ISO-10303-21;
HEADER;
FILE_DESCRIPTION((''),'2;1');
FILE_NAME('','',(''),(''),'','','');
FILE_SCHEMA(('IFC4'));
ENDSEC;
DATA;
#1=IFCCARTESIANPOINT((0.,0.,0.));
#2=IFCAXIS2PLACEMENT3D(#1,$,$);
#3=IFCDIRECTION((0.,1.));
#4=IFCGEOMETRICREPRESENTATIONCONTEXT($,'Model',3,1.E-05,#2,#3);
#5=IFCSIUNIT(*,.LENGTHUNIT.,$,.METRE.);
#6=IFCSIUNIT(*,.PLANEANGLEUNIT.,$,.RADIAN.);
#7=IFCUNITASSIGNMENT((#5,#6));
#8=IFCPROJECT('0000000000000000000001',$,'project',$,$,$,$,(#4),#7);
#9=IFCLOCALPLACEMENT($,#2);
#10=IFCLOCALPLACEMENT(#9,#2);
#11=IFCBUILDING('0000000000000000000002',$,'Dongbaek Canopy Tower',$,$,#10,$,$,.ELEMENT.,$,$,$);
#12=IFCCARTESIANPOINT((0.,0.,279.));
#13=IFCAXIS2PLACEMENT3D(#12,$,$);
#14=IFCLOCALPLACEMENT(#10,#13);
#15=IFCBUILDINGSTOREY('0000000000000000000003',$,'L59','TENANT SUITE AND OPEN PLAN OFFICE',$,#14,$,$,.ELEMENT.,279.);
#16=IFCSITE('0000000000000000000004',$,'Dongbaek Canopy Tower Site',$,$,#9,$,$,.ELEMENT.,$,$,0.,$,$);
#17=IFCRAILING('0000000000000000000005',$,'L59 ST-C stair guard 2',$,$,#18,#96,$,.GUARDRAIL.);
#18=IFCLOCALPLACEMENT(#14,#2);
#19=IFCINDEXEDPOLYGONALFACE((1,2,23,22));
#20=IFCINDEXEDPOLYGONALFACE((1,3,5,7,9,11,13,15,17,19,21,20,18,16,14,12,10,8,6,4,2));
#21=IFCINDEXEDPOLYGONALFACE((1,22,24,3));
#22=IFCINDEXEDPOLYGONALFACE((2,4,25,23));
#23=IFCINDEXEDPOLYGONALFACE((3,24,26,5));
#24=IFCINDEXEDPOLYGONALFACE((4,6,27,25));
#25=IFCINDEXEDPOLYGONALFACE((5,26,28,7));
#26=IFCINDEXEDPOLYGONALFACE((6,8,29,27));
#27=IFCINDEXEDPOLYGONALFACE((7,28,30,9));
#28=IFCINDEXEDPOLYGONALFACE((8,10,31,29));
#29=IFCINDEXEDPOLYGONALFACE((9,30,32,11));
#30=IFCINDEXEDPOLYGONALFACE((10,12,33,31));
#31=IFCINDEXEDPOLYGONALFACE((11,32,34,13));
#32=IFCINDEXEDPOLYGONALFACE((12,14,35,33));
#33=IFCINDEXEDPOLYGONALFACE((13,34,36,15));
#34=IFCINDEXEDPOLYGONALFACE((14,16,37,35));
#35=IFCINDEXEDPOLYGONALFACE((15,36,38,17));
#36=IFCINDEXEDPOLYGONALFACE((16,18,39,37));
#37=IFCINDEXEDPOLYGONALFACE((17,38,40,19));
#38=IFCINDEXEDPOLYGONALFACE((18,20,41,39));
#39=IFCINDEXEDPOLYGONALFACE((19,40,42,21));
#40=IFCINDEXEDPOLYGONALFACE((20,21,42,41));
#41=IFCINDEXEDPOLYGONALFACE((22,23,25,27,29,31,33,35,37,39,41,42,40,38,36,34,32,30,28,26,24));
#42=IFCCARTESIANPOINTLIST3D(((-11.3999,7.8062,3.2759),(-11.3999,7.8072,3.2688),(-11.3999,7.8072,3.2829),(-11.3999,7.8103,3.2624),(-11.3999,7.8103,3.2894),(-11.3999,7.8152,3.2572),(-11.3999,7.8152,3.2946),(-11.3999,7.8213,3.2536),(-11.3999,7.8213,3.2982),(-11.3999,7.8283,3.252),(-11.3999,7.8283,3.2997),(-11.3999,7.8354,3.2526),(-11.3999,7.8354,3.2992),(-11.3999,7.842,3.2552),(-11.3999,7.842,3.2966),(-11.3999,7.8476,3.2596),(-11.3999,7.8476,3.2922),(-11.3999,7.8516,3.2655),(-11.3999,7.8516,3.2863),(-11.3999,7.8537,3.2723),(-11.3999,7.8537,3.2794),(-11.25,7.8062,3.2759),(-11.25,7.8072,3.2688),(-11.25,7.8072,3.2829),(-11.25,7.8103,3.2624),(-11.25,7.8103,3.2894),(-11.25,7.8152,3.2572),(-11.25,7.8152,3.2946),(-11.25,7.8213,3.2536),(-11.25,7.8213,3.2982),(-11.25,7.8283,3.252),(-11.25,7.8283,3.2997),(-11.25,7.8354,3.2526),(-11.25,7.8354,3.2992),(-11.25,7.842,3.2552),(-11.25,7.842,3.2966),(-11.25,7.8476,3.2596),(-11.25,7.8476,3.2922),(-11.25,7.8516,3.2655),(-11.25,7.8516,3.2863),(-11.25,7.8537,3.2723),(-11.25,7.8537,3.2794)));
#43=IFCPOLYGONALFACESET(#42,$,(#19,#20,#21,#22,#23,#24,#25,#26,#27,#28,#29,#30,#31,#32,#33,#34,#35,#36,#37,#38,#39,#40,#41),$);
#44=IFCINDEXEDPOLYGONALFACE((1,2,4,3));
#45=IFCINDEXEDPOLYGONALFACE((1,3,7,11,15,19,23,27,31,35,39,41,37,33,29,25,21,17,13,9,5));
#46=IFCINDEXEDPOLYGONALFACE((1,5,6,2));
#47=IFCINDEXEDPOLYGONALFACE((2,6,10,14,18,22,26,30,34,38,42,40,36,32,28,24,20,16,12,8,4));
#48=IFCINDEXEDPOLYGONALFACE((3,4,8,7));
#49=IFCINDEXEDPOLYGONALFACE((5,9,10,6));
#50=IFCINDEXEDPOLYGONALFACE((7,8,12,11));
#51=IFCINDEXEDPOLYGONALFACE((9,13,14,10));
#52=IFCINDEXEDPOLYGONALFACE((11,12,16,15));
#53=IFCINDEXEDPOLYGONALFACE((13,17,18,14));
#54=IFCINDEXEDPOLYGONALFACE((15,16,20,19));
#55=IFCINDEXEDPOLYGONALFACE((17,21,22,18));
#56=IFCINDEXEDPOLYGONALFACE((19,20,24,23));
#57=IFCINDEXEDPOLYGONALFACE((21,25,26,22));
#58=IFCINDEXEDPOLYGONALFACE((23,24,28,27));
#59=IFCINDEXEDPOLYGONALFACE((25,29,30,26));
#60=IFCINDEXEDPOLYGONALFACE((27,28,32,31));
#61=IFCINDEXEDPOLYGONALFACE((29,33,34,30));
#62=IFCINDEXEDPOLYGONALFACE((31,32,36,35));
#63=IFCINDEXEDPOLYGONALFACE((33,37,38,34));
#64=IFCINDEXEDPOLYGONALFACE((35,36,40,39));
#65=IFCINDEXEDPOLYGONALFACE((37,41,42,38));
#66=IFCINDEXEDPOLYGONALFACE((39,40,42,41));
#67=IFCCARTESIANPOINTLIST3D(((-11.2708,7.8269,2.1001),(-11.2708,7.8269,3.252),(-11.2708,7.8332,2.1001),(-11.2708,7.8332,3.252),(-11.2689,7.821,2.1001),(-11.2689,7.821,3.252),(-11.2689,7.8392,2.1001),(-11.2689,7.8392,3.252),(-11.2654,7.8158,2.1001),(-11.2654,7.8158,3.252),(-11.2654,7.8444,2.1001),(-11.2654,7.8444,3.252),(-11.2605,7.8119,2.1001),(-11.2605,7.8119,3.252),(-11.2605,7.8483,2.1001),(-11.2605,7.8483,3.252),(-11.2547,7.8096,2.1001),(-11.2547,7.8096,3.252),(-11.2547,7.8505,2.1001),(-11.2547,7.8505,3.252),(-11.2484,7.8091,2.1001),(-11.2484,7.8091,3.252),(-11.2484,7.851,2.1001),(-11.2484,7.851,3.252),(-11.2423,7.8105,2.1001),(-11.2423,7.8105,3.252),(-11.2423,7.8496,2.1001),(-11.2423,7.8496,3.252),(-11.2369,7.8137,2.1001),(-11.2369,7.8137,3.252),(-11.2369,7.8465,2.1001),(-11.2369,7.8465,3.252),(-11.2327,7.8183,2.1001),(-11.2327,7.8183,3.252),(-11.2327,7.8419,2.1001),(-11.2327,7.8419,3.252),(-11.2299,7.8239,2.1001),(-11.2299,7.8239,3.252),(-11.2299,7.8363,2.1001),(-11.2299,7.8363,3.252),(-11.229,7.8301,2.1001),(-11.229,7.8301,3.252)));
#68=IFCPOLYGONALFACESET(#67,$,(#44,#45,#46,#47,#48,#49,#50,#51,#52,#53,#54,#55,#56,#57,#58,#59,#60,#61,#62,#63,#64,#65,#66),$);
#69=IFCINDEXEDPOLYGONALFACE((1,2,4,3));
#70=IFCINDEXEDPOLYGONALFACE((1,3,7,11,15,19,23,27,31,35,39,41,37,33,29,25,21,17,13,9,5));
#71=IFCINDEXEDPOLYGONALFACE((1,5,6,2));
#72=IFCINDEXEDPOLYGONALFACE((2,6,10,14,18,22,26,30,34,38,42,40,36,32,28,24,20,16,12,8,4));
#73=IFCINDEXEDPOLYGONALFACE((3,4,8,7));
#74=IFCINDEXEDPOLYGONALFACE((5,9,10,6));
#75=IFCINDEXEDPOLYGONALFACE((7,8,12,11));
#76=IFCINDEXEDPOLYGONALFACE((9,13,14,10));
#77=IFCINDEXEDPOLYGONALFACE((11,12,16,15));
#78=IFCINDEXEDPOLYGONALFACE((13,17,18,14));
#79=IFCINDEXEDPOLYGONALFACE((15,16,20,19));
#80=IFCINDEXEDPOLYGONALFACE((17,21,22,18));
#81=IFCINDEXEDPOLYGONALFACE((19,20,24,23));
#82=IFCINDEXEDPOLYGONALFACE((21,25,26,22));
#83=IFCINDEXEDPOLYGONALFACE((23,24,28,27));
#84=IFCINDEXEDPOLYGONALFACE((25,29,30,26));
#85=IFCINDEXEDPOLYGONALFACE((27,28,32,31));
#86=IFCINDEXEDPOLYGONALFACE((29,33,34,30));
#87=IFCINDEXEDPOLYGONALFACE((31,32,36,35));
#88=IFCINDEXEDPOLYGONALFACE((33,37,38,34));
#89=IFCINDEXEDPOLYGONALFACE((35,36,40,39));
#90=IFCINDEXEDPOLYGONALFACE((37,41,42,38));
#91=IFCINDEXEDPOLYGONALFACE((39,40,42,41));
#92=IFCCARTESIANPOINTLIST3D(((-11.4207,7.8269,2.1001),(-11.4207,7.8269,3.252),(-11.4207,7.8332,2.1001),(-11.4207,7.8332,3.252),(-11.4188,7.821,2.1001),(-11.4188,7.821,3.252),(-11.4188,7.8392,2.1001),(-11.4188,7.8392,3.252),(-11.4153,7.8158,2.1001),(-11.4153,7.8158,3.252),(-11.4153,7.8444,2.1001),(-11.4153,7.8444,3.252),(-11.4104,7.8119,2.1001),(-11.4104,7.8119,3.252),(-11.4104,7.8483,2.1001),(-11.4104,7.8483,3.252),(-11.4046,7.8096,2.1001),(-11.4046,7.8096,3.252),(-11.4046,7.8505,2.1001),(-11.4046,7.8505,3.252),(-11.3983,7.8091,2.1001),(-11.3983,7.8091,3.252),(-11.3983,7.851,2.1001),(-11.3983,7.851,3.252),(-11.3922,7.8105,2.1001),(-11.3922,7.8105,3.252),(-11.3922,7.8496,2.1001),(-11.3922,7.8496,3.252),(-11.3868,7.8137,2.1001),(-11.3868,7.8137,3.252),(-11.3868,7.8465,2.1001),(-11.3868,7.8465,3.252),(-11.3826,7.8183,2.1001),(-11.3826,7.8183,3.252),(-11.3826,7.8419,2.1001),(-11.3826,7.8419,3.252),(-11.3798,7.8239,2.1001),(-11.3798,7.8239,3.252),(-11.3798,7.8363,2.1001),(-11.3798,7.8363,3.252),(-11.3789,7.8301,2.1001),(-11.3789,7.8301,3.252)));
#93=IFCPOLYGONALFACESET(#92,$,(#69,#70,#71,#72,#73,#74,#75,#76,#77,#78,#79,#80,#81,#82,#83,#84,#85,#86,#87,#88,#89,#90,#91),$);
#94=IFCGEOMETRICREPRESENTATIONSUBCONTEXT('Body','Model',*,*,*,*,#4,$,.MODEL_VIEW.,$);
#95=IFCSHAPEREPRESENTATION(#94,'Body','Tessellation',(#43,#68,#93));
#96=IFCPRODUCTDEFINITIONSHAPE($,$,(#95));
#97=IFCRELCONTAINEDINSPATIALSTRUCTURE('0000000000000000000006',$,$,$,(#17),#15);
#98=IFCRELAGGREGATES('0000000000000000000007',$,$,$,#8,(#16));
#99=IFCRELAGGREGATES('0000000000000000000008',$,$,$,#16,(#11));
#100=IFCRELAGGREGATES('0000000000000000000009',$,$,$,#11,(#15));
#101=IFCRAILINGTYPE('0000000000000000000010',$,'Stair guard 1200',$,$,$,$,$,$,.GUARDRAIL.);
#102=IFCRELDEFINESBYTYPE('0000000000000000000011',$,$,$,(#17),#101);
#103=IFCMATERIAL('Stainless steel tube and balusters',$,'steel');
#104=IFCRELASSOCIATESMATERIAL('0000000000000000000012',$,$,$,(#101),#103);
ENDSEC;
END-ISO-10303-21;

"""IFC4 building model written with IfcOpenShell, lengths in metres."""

from ifc_helpers import new_model, si_unit, direction, frame, origin, origin_2d, place, context, subcontext, project, spatial, circle, extrude, material, type_object, element, save


model = new_model("IFC4")

# Units and contexts
model_context = context("Model", 3, precision=1e-05, world=origin(), true_north=direction((0.0, 1.0)))
body_context = subcontext(model_context, "Body", "Model", "MODEL_VIEW")
ifc_project = project(units=[si_unit("LENGTHUNIT", "METRE"), si_unit("PLANEANGLEUNIT", "RADIAN")], contexts=[model_context])

# Site, building, storey
site_placement = place(None, origin())
site = spatial("IfcSite", under=ifc_project, at=site_placement, Name="Dongbaek Canopy Tower Site", CompositionType="ELEMENT", RefElevation=0.0)
building_placement = place(site_placement, origin())
building = spatial("IfcBuilding", under=site, at=building_placement, Name="Dongbaek Canopy Tower", CompositionType="ELEMENT")
storey_placement = place(building_placement, frame((0.0, 0.0, 279.0)))
storey = spatial("IfcBuildingStorey", under=building, at=storey_placement, Name="L59", Description="TENANT SUITE AND OPEN PLAN OFFICE", CompositionType="ELEMENT", Elevation=279.0)

# Railing
ifc_material_1 = material(Name="Stainless steel tube and balusters", Category="steel")
railing_type_1 = type_object("IfcRailingType", Name="Stair guard 1200", PredefinedType="GUARDRAIL", material=ifc_material_1)
railing_1_placement = place(storey_placement, frame((-11.25, 7.8301, 2.1001)))
element("IfcRailing", 1, at=railing_1_placement, inside=storey, type_object=railing_type_1, Name="L59 ST-C stair guard 2", PredefinedType="GUARDRAIL", context=body_context, shape_type="SweptSolid", body=[
    extrude(circle(Radius=0.0239, at=origin_2d()), frame((0.0, 0.0, 1.1758), z_axis=(-1.0, 0.0, 0.0), x_axis=(0.0, -1.0, 0.0)), (0.0, 0.0, 1.0), 0.1499),
    extrude(circle(Radius=0.021, at=origin_2d()), origin(), (0.0, 0.0, 1.0), 1.1519),
    extrude(circle(Radius=0.021, at=origin_2d()), frame((-0.1499, 0.0, 0.0)), (0.0, 0.0, 1.0), 1.1519),
])

save(model, "model.ifc")
